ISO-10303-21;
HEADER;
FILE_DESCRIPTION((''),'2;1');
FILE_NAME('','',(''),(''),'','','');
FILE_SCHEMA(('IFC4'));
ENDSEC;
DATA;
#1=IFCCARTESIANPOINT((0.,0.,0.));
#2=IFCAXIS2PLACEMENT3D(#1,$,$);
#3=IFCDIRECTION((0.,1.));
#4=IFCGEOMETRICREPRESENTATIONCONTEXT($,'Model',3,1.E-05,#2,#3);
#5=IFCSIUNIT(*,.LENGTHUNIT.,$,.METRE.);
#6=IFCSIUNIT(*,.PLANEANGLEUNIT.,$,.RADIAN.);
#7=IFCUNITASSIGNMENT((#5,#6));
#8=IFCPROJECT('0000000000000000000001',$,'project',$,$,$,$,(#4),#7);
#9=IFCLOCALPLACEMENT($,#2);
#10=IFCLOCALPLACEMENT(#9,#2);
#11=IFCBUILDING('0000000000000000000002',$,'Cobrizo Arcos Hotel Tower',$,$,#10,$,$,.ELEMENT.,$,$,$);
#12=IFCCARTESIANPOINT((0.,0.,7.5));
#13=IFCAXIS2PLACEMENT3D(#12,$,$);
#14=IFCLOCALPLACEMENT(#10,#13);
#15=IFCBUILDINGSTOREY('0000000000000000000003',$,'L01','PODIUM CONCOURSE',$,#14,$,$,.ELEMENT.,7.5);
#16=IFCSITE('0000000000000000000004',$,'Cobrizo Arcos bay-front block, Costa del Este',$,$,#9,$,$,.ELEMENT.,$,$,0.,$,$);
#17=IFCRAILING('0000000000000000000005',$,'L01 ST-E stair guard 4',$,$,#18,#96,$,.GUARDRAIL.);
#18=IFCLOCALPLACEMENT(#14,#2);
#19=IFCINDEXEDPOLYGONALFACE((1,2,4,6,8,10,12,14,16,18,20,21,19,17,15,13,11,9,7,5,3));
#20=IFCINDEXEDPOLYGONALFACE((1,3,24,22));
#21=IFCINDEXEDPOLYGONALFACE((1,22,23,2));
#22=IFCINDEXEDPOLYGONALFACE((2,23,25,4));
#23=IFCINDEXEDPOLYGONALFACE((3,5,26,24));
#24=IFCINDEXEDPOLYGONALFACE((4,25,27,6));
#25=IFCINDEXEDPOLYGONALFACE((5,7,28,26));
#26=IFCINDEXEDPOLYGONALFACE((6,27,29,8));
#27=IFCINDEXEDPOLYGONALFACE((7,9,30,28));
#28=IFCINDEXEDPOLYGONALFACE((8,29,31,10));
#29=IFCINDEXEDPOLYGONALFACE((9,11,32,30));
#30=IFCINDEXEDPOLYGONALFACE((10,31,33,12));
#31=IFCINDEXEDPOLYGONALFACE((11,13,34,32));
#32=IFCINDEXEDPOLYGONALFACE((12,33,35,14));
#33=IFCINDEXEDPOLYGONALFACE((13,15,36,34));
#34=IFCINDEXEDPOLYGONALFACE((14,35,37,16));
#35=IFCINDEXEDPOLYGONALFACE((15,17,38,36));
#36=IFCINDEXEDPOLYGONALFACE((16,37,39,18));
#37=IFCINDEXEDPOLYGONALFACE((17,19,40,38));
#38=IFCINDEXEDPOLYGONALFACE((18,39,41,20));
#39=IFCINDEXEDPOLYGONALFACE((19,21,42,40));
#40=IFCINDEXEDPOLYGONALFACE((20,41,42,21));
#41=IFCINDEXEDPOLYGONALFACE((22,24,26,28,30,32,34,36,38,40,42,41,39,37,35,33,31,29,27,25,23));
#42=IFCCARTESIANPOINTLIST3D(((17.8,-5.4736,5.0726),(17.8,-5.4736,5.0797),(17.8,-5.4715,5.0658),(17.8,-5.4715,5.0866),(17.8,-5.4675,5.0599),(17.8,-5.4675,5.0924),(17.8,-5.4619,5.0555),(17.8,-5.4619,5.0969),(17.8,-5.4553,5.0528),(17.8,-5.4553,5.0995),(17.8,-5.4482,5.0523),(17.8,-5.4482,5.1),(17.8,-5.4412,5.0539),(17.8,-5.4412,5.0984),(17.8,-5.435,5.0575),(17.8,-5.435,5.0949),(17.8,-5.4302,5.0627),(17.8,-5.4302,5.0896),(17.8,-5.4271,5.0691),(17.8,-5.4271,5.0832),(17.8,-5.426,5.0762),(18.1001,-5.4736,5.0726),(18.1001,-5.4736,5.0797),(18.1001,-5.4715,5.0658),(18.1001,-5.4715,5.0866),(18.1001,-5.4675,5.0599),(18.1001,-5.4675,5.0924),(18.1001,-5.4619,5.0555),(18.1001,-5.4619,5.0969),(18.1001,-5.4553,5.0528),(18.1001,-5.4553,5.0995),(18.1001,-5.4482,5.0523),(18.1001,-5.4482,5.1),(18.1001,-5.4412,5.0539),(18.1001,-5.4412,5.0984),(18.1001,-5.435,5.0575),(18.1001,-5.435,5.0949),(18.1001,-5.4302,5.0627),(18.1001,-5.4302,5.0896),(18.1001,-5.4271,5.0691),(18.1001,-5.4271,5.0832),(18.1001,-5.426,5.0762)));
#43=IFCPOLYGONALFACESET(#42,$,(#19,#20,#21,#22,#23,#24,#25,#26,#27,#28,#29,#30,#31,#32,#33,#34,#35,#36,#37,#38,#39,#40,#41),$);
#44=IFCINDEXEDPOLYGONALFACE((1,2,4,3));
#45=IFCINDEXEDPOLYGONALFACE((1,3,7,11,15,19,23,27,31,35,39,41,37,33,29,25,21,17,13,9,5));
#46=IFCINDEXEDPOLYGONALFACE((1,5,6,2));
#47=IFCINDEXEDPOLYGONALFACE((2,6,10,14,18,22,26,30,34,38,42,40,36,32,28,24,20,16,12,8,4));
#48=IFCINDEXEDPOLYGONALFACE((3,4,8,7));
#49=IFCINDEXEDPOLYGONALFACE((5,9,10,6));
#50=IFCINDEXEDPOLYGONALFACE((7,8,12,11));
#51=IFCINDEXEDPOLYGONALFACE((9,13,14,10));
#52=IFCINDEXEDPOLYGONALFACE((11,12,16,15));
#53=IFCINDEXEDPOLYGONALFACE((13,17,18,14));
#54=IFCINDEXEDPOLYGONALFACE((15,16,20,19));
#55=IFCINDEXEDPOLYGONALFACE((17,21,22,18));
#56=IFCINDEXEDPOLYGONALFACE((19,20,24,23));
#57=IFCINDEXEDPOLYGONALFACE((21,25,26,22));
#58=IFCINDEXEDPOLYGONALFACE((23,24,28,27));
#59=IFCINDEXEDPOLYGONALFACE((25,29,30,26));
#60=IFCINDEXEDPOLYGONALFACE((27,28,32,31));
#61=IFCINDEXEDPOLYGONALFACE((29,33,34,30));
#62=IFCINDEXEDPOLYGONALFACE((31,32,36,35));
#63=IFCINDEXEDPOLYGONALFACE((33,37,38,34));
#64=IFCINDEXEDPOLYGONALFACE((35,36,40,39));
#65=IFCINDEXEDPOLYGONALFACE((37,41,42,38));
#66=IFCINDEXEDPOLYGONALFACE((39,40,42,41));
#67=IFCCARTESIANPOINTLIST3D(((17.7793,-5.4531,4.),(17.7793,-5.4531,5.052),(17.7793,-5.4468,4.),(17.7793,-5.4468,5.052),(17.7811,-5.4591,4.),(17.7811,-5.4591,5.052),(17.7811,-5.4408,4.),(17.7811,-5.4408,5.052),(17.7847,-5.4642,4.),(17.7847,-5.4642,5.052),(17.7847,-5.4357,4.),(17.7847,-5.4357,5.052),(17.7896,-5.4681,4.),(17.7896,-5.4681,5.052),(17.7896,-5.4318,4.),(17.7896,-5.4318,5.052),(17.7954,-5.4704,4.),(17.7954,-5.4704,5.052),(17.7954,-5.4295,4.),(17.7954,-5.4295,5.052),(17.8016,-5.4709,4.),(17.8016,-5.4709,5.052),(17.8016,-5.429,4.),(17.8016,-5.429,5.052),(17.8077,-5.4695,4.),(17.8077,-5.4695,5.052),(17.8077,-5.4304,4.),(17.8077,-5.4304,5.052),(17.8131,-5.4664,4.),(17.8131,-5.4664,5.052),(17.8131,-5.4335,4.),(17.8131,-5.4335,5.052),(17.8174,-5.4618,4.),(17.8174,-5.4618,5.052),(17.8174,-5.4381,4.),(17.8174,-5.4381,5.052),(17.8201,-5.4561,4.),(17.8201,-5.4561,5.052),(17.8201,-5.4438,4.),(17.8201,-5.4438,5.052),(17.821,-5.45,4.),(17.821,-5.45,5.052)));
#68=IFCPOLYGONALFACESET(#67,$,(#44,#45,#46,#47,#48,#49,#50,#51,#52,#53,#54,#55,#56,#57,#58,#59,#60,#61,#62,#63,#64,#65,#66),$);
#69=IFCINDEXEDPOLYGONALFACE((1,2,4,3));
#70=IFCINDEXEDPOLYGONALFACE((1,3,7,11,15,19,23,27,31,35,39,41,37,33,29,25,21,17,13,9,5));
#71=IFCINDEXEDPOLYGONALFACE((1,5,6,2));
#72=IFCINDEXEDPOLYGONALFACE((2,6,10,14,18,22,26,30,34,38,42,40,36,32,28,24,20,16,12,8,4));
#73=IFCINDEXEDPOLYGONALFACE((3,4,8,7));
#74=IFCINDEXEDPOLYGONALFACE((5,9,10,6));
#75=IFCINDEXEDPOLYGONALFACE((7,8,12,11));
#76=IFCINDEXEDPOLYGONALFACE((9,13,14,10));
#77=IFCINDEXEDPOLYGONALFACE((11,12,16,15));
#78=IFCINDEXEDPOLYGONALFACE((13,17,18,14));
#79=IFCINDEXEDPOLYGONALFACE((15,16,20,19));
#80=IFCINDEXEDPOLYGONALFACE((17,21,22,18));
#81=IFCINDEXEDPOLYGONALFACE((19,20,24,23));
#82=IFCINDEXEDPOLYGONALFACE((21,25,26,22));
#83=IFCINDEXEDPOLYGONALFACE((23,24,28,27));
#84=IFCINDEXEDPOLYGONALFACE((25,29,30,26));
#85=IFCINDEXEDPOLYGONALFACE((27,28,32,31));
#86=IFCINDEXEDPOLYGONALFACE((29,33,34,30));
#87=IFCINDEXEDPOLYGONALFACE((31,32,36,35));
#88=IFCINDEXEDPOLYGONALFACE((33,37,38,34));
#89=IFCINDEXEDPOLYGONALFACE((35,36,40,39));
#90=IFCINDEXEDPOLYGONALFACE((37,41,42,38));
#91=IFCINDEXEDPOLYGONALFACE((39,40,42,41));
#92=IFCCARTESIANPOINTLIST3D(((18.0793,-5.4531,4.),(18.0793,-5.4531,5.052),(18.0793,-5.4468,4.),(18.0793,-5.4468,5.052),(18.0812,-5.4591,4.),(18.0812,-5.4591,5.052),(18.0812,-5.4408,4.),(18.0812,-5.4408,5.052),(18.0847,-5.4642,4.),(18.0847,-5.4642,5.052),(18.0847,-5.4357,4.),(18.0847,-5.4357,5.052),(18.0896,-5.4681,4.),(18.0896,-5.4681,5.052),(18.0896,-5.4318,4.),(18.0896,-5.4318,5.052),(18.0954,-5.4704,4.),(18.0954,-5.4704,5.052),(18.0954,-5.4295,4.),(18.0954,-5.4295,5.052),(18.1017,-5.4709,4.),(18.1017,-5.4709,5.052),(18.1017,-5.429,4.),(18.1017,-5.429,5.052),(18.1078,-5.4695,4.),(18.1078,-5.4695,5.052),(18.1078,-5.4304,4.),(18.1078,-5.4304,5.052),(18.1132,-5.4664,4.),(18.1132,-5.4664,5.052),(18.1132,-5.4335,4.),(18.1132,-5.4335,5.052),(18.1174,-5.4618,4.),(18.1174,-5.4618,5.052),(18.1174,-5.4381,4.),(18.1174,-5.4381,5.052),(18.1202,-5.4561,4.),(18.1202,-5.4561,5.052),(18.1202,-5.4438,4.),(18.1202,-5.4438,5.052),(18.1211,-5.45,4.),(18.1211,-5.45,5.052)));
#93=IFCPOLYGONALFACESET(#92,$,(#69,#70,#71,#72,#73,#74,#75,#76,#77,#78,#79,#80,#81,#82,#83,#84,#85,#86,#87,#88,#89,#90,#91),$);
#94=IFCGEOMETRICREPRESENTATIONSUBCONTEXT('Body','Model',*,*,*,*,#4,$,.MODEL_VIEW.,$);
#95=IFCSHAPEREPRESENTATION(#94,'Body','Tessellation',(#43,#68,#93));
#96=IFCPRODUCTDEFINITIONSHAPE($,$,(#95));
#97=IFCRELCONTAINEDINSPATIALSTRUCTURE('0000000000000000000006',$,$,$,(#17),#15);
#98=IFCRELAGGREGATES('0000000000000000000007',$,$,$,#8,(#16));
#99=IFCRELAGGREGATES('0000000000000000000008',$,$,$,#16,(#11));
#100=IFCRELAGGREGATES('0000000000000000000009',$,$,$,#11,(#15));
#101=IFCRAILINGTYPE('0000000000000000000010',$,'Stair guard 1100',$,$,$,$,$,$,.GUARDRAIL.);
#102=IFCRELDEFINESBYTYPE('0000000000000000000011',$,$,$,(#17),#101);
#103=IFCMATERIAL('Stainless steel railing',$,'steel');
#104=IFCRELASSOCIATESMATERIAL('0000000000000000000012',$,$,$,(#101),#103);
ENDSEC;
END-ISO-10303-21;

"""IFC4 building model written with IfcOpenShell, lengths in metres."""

from ifc_helpers import new_model, si_unit, direction, frame, origin, origin_2d, place, context, subcontext, project, spatial, circle, extrude, material, type_object, element, save


model = new_model("IFC4")

# Units and contexts
model_context = context("Model", 3, precision=1e-05, world=origin(), true_north=direction((0.0, 1.0)))
body_context = subcontext(model_context, "Body", "Model", "MODEL_VIEW")
ifc_project = project(units=[si_unit("LENGTHUNIT", "METRE"), si_unit("PLANEANGLEUNIT", "RADIAN")], contexts=[model_context])

# Site, building, storey
site_placement = place(None, origin())
site = spatial("IfcSite", under=ifc_project, at=site_placement, Name="Cobrizo Arcos bay-front block, Costa del Este", CompositionType="ELEMENT", RefElevation=0.0)
building_placement = place(site_placement, origin())
building = spatial("IfcBuilding", under=site, at=building_placement, Name="Cobrizo Arcos Hotel Tower", CompositionType="ELEMENT")
storey_placement = place(building_placement, frame((0.0, 0.0, 7.5)))
storey = spatial("IfcBuildingStorey", under=building, at=storey_placement, Name="L01", Description="PODIUM CONCOURSE", CompositionType="ELEMENT", Elevation=7.5)

# Railing
ifc_material_1 = material(Name="Stainless steel railing", Category="steel")
railing_type_1 = type_object("IfcRailingType", Name="Stair guard 1100", PredefinedType="GUARDRAIL", material=ifc_material_1)
railing_1_placement = place(storey_placement, frame((17.8, -5.45, 4.0)))
element("IfcRailing", 1, at=railing_1_placement, inside=storey, type_object=railing_type_1, Name="L01 ST-E stair guard 4", PredefinedType="GUARDRAIL", context=body_context, shape_type="SweptSolid", body=[
    extrude(circle(Radius=0.0239, at=origin_2d()), frame((0.0, 0.0, 1.0762), z_axis=(1.0, 0.0, 0.0), x_axis=(0.0, 1.0, 0.0)), (0.0, 0.0, 1.0), 0.3),
    extrude(circle(Radius=0.021, at=origin_2d()), origin(), (0.0, 0.0, 1.0), 1.052),
    extrude(circle(Radius=0.021, at=origin_2d()), frame((0.3, 0.0, 0.0)), (0.0, 0.0, 1.0), 1.052),
])

save(model, "model.ifc")
